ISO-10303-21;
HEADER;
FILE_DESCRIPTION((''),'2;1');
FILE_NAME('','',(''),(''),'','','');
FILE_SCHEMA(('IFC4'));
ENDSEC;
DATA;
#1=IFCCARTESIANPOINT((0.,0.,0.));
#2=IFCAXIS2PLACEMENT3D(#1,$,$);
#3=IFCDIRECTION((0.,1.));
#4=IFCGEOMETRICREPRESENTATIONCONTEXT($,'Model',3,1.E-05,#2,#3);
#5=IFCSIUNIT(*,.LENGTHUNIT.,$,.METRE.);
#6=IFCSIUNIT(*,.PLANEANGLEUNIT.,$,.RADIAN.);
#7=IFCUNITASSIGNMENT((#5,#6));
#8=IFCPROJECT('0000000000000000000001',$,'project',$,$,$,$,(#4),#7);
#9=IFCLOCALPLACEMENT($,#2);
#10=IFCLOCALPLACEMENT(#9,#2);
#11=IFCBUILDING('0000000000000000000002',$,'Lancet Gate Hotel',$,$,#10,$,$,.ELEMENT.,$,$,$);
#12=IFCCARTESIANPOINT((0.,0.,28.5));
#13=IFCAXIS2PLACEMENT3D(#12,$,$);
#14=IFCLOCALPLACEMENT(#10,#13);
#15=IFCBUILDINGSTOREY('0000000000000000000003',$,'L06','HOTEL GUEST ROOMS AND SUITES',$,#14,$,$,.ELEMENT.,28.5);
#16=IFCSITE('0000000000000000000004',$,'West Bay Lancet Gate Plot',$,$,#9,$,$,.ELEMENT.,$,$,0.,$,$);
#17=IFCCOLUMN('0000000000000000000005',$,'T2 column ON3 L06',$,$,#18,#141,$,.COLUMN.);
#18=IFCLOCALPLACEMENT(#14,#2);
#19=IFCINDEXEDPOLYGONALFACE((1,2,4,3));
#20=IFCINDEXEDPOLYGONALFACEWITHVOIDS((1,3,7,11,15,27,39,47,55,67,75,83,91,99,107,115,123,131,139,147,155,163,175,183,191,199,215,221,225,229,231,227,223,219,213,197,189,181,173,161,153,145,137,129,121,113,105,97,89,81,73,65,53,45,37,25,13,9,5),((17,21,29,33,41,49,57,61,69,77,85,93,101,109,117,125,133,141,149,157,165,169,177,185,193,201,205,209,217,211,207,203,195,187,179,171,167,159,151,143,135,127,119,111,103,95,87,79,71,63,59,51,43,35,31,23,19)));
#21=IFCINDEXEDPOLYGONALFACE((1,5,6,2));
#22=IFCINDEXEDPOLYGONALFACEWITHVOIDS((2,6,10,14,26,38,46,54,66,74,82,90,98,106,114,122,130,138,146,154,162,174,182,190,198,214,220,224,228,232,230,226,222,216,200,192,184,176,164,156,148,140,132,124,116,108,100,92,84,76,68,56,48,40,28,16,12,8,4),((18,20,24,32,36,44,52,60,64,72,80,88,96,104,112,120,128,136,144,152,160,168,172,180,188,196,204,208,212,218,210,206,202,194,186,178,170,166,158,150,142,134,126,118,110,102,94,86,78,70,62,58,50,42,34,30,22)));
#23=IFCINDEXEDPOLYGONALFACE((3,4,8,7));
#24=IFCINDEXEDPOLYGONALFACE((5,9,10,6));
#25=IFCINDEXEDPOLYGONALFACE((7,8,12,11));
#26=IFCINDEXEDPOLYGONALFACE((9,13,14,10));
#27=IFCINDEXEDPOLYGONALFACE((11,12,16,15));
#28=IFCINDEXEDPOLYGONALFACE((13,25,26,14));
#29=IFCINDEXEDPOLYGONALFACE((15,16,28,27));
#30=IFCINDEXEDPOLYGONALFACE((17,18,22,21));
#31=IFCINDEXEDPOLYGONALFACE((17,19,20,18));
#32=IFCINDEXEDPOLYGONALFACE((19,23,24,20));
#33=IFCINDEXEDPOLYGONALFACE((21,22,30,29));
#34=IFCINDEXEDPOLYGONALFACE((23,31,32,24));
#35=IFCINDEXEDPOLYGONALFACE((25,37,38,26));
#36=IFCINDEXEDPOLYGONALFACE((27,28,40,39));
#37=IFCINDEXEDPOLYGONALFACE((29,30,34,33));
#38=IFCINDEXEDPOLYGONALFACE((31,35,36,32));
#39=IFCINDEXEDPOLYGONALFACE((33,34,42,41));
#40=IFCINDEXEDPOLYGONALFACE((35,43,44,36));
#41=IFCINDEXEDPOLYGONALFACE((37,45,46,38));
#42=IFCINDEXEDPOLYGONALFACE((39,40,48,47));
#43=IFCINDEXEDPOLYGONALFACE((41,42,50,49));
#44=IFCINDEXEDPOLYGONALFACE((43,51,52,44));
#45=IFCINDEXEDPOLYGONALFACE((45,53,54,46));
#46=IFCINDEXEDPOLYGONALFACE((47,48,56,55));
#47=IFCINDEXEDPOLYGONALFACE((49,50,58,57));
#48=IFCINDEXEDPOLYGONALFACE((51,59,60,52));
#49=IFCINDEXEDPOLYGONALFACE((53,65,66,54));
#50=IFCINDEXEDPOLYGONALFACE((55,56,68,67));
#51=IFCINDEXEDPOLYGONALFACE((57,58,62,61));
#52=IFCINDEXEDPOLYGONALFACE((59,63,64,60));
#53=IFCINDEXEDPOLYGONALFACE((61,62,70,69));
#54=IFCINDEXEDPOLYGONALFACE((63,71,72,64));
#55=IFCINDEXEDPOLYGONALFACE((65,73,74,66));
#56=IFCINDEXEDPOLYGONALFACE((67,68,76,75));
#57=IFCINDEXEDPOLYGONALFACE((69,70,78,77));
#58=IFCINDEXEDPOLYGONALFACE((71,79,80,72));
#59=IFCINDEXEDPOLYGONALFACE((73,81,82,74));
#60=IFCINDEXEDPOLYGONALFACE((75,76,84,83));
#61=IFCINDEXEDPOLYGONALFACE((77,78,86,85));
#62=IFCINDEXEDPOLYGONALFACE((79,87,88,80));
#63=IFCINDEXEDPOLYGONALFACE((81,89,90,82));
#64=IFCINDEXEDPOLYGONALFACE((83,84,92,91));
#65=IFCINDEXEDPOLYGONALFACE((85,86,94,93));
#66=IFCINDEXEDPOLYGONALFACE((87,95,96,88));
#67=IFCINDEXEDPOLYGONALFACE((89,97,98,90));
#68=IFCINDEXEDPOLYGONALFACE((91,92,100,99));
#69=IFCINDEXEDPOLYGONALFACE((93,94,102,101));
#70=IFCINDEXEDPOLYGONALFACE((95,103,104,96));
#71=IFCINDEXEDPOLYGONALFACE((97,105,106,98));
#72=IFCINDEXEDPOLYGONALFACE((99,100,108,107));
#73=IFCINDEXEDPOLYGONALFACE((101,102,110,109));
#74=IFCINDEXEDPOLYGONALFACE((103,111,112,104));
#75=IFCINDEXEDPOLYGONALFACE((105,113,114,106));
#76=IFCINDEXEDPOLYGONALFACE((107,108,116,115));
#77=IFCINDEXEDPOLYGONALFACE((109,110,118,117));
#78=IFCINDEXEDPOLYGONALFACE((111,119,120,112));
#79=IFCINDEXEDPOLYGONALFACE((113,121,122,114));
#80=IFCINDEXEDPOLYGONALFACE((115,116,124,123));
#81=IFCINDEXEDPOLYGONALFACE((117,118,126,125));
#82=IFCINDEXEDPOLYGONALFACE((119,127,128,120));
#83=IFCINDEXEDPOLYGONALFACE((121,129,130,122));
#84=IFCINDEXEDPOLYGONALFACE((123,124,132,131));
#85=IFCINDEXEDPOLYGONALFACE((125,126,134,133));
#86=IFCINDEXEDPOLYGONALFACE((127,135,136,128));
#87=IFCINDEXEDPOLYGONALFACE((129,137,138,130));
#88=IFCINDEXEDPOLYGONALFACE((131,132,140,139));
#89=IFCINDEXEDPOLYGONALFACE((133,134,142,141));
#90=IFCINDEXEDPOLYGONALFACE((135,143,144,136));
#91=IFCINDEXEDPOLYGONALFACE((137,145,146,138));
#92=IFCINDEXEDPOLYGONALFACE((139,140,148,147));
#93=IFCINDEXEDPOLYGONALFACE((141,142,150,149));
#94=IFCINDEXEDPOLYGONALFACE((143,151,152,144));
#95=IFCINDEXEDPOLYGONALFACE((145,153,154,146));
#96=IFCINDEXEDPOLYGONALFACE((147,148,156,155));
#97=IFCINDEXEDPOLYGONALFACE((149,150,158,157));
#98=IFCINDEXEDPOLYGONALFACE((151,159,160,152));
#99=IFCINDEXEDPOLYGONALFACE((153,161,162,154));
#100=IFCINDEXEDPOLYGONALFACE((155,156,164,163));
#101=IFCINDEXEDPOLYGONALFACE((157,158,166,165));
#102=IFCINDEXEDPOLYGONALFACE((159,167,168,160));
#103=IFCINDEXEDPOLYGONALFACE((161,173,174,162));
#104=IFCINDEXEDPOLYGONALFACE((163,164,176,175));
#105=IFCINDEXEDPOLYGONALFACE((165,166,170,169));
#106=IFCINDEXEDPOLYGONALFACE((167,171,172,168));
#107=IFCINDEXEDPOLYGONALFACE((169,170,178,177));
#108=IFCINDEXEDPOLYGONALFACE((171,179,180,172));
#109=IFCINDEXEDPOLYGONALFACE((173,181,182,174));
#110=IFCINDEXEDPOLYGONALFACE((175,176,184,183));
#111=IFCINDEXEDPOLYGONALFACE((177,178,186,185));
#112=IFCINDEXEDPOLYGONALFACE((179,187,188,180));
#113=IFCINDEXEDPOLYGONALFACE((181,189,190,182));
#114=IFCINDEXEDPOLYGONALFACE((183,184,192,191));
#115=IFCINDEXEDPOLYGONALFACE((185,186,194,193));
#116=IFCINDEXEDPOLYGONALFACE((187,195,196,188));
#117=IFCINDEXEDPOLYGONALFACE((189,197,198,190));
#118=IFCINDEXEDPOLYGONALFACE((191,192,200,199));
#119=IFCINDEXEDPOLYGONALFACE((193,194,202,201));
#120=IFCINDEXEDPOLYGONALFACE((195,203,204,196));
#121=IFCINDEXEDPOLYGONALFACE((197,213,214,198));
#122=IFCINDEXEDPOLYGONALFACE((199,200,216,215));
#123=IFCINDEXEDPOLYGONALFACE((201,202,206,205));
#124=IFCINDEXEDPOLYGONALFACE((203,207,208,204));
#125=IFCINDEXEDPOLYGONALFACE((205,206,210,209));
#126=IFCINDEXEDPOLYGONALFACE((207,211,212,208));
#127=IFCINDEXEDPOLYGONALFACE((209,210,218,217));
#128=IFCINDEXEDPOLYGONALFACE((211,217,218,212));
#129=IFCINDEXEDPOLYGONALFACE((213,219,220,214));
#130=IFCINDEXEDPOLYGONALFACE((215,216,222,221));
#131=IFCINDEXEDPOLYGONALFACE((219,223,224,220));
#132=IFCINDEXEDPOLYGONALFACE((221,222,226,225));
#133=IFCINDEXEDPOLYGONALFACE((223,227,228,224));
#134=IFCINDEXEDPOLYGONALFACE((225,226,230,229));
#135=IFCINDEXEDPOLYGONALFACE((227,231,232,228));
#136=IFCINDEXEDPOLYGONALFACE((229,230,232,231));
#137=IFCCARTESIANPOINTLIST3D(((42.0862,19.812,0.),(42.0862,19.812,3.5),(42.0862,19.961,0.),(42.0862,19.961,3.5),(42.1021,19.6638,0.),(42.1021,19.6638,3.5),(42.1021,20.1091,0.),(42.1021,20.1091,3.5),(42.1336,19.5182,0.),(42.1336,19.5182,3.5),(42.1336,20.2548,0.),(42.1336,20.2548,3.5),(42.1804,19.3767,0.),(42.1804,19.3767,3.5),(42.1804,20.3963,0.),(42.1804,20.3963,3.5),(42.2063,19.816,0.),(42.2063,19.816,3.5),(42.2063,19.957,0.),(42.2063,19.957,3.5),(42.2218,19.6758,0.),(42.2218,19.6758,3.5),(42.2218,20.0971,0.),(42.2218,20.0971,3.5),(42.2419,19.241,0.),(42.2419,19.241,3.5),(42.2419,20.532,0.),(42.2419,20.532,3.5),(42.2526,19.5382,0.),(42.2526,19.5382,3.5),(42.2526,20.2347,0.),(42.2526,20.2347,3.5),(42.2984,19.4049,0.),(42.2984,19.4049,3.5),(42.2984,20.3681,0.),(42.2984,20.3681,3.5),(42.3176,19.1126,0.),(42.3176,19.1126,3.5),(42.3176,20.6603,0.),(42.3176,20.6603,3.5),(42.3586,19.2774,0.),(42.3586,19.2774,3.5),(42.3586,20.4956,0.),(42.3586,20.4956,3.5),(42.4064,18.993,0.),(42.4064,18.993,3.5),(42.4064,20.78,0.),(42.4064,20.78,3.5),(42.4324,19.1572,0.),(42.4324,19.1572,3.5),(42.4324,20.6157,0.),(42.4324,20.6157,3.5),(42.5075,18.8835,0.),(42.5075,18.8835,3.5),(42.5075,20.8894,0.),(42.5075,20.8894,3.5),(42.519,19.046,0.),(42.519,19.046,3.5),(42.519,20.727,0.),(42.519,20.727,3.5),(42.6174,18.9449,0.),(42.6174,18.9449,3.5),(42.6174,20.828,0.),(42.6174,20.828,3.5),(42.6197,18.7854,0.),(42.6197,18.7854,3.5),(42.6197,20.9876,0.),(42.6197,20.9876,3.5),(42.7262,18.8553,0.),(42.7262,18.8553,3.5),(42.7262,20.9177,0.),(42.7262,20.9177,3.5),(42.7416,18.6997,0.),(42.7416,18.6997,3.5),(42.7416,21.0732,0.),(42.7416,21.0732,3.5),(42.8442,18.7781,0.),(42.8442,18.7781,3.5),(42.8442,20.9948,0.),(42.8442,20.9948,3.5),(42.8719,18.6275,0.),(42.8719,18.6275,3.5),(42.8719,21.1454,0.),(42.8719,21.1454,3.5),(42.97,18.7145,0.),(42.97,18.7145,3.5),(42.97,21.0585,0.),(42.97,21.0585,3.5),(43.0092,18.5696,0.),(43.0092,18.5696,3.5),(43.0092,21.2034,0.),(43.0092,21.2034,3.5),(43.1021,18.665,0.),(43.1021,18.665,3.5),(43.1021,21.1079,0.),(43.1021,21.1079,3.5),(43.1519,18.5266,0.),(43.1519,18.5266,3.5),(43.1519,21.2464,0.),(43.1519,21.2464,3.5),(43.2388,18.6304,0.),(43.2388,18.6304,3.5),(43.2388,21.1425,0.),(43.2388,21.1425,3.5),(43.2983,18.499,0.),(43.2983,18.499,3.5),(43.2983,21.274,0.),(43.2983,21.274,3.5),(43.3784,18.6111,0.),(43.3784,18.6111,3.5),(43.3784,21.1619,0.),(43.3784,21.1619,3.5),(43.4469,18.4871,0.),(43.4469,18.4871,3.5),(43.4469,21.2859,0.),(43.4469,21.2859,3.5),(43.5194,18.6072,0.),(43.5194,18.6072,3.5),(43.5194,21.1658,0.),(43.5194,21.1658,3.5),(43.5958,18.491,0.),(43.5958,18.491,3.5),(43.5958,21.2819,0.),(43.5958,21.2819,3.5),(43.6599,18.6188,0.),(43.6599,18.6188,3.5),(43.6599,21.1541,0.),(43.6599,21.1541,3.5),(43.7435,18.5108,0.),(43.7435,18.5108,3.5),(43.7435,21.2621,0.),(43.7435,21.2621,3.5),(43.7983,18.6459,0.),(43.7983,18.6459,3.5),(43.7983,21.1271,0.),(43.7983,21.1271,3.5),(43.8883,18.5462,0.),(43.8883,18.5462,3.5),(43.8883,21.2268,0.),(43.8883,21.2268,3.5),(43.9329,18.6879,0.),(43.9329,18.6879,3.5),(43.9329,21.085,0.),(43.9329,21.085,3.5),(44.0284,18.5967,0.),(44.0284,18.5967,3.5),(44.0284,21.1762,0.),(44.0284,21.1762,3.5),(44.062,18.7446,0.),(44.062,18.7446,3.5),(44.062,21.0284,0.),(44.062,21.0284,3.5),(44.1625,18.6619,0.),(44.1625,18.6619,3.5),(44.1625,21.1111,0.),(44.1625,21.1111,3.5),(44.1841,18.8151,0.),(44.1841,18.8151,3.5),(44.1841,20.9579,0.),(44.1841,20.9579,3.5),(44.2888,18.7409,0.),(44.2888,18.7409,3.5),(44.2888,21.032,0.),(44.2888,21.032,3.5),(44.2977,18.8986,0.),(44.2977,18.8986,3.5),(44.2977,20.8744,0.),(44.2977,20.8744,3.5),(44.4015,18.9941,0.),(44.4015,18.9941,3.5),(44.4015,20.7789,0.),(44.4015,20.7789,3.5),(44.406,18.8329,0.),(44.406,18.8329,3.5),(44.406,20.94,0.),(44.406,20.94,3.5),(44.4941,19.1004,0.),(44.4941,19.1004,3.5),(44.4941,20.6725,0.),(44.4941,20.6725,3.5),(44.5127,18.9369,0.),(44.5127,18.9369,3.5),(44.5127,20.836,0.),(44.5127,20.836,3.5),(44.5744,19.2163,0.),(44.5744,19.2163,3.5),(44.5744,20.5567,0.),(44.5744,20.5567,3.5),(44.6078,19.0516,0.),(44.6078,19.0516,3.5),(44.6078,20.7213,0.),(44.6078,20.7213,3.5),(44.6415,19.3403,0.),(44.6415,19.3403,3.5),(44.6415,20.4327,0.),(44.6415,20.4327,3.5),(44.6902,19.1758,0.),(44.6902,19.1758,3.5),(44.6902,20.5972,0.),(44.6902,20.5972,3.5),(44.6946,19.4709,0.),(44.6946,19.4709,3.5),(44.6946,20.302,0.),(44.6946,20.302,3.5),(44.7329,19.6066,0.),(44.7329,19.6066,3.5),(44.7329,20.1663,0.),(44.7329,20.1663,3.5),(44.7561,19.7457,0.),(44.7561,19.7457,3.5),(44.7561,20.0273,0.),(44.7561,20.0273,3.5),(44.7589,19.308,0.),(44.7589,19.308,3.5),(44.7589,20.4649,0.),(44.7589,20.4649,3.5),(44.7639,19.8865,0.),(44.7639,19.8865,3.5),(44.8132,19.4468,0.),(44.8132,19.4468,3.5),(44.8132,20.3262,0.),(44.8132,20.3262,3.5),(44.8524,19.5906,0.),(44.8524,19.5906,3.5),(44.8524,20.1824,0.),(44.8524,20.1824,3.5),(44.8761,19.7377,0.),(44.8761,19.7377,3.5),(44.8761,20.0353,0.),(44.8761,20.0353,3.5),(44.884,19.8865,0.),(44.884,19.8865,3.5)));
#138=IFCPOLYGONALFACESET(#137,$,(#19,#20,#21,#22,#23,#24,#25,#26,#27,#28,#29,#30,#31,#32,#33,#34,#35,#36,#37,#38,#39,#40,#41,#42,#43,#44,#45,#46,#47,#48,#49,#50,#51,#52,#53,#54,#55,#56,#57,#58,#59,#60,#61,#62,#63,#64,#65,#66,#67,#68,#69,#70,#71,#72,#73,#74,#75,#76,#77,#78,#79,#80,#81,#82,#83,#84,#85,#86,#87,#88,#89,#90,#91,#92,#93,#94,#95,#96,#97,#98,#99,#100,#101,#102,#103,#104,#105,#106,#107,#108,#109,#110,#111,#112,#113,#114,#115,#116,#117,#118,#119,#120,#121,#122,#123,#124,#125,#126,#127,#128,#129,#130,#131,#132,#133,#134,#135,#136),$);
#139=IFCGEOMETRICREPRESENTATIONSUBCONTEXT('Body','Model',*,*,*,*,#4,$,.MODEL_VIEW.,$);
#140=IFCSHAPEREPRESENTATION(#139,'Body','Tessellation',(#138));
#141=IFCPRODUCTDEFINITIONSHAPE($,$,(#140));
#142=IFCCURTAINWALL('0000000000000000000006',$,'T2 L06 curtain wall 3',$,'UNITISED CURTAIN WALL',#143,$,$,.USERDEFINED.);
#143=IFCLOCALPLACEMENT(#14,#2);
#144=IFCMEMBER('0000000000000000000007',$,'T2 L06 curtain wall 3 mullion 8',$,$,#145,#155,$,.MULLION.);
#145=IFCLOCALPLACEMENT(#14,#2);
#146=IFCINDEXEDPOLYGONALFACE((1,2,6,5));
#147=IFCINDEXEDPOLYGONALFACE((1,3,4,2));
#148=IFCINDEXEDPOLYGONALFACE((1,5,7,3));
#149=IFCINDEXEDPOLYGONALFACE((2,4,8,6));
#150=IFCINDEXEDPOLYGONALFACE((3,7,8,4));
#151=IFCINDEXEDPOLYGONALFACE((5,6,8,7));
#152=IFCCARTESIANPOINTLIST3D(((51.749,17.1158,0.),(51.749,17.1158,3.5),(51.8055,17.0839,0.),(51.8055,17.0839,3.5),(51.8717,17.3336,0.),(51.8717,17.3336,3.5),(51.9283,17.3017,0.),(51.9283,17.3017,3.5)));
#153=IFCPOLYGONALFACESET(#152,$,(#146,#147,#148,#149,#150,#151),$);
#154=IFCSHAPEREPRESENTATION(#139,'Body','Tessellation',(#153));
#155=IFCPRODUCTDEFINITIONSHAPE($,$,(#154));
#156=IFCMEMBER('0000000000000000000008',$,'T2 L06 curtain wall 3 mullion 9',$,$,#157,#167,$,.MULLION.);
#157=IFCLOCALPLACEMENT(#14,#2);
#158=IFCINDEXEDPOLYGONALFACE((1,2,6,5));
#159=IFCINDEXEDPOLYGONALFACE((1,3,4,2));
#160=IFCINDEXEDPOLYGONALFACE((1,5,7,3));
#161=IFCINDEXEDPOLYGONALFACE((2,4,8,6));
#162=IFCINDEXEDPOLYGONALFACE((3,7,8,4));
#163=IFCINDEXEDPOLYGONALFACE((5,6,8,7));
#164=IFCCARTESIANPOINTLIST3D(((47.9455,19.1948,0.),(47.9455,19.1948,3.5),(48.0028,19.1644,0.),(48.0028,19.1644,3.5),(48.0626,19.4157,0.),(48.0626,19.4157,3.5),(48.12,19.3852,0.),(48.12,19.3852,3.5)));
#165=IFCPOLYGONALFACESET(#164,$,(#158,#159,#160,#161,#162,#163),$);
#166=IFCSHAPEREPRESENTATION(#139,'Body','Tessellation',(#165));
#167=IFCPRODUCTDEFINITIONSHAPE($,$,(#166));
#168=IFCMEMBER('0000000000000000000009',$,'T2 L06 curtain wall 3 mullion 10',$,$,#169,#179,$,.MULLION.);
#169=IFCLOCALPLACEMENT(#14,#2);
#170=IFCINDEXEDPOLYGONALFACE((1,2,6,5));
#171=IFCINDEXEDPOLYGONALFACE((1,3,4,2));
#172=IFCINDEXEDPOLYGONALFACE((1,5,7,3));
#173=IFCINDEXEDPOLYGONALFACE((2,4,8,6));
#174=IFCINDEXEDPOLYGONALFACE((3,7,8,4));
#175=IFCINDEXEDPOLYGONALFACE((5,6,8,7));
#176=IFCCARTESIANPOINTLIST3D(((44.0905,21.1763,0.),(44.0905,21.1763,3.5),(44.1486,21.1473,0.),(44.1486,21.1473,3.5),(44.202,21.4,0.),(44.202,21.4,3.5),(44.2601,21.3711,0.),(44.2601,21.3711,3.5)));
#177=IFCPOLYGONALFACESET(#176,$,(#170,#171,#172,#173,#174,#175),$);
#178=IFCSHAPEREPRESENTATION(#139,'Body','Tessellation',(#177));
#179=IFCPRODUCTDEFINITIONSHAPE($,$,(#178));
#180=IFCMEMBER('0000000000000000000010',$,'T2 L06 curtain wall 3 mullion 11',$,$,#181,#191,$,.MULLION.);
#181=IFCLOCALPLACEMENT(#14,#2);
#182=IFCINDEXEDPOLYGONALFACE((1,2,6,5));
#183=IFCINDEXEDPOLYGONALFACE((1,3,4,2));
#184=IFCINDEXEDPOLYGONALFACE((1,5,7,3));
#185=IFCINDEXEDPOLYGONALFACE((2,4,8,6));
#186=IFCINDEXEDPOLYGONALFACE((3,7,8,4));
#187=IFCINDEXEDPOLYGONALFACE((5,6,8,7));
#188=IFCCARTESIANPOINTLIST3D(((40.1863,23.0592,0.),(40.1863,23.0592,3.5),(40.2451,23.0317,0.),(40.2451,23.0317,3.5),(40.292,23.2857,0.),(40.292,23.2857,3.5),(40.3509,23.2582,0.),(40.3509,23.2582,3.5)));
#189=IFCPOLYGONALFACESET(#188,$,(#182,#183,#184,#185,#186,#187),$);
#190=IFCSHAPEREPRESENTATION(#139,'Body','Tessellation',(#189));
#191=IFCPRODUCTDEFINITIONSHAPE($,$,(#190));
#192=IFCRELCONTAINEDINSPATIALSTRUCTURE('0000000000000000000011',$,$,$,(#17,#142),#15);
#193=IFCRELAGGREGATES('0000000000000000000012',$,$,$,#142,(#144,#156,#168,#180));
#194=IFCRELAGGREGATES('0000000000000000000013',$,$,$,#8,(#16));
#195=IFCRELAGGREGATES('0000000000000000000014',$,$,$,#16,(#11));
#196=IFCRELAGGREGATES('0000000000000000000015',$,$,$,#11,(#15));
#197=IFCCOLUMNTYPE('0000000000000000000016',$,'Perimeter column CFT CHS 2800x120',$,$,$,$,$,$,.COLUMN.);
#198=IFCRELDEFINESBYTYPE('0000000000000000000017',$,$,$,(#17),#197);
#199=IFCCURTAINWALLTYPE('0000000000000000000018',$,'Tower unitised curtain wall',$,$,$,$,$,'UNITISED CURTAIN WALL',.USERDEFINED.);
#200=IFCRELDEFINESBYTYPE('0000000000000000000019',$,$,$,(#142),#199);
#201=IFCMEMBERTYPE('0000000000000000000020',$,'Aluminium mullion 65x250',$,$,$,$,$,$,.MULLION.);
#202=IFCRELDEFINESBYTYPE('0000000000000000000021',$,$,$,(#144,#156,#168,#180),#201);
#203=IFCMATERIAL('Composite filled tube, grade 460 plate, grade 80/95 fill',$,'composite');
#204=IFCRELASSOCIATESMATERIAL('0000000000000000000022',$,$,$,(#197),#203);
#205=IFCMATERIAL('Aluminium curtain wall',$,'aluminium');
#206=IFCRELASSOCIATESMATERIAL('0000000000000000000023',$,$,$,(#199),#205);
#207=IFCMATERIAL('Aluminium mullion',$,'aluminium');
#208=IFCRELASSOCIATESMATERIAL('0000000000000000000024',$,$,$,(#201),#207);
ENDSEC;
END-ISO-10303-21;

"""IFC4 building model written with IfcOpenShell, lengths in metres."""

from ifc_helpers import new_model, si_unit, direction, frame, origin, origin_2d, place, context, subcontext, project, spatial, rectangle, hollow_circle, extrude, material, material_profile, profile_set, type_object, element, aggregate, save


model = new_model("IFC4")

# Units and contexts
model_context = context("Model", 3, precision=1e-05, world=origin(), true_north=direction((0.0, 1.0)))
body_context = subcontext(model_context, "Body", "Model", "MODEL_VIEW")
ifc_project = project(units=[si_unit("LENGTHUNIT", "METRE"), si_unit("PLANEANGLEUNIT", "RADIAN")], contexts=[model_context])

# Site, building, storey
site_placement = place(None, origin())
site = spatial("IfcSite", under=ifc_project, at=site_placement, Name="West Bay Lancet Gate Plot", CompositionType="ELEMENT", RefElevation=0.0)
building_placement = place(site_placement, origin())
building = spatial("IfcBuilding", under=site, at=building_placement, Name="Lancet Gate Hotel", CompositionType="ELEMENT")
storey_placement = place(building_placement, frame((0.0, 0.0, 28.5)))
storey = spatial("IfcBuildingStorey", under=building, at=storey_placement, Name="L06", Description="HOTEL GUEST ROOMS AND SUITES", CompositionType="ELEMENT", Elevation=28.5)

# Column
ifc_material_1 = material(Name="Composite filled tube, grade 460 plate, grade 80/95 fill", Category="composite")
ifc_material_profile_1 = material_profile(ifc_material_1, hollow_circle(Radius=1.3999, WallThickness=0.1201, at=origin_2d()), Name="CHS 2800x120")
ifc_profile_set_1 = profile_set([ifc_material_profile_1], Name="Composite filled tube, grade 460 plate, grade 80/95 fill")
column_type = type_object("IfcColumnType", Name="Perimeter column CFT CHS 2800x120", PredefinedType="COLUMN", material=ifc_profile_set_1)
for number, where, z_axis, x_axis, name in (
    (1, (43.4841, 19.8865, 0.0), (0.0, 0.0, 1.0), (1.0, 0.0, 0.0), "T2 column ON3 L06"),
):
    element("IfcColumn", number, at=place(storey_placement, frame(where, z_axis=z_axis, x_axis=x_axis)), inside=storey, type_object=column_type, Name=name, PredefinedType="COLUMN", context=body_context, shape_type="SweptSolid", body=[
        extrude(hollow_circle(Radius=1.3999, WallThickness=0.1201, at=origin_2d()), origin(), (0.0, 0.0, 1.0), 3.5),
    ])

# Curtain wall, members
ifc_material_2 = material(Name="Aluminium curtain wall", Category="aluminium")
curtain_wall_type = type_object("IfcCurtainWallType", Name="Tower unitised curtain wall", ElementType="UNITISED CURTAIN WALL", PredefinedType="USERDEFINED", material=ifc_material_2)
curtain_wall_placement = place(storey_placement, origin())
curtain_wall = element("IfcCurtainWall", 2, at=curtain_wall_placement, inside=storey, type_object=curtain_wall_type, Name="T2 L06 curtain wall 3", ObjectType="UNITISED CURTAIN WALL", PredefinedType="USERDEFINED")
ifc_material_3 = material(Name="Aluminium mullion", Category="aluminium")
ifc_material_profile_2 = material_profile(ifc_material_3, rectangle(XDim=0.0649, YDim=0.25, at=origin_2d()), Name="MULLION 65x250")
ifc_profile_set_2 = profile_set([ifc_material_profile_2], Name="Aluminium mullion")
member_type_1 = type_object("IfcMemberType", Name="Aluminium mullion 65x250", PredefinedType="MULLION", material=ifc_profile_set_2)
member_1_placement = place(storey_placement, frame((51.8386, 17.2087, 0.0), z_axis=(0.0, 0.0, 1.0), x_axis=(-0.87119, 0.490945, 0.0)))
member_1 = element("IfcMember", 3, at=member_1_placement, type_object=member_type_1, Name="T2 L06 curtain wall 3 mullion 8", PredefinedType="MULLION", context=body_context, shape_type="SweptSolid", body=[
    extrude(rectangle(XDim=0.0649, YDim=0.25, at=origin_2d()), origin(), (0.0, 0.0, 1.0), 3.5),
])
member_2_placement = place(storey_placement, frame((48.0327, 19.29, 0.0), z_axis=(0.0, 0.0, 1.0), x_axis=(-0.883403, 0.468613, 0.0)))
member_2 = element("IfcMember", 4, at=member_2_placement, type_object=member_type_1, Name="T2 L06 curtain wall 3 mullion 9", PredefinedType="MULLION", context=body_context, shape_type="SweptSolid", body=[
    extrude(rectangle(XDim=0.0649, YDim=0.25, at=origin_2d()), origin(), (0.0, 0.0, 1.0), 3.5),
])
member_3_placement = place(storey_placement, frame((44.1753, 21.2737, 0.0), z_axis=(0.0, 0.0, 1.0), x_axis=(-0.895044, 0.445978, 0.0)))
member_3 = element("IfcMember", 5, at=member_3_placement, type_object=member_type_1, Name="T2 L06 curtain wall 3 mullion 10", PredefinedType="MULLION", context=body_context, shape_type="SweptSolid", body=[
    extrude(rectangle(XDim=0.0649, YDim=0.25, at=origin_2d()), origin(), (0.0, 0.0, 1.0), 3.5),
])
member_4_placement = place(storey_placement, frame((40.2686, 23.1587, 0.0), z_axis=(0.0, 0.0, 1.0), x_axis=(-0.906105, 0.423053, 0.0)))
member_4 = element("IfcMember", 6, at=member_4_placement, type_object=member_type_1, Name="T2 L06 curtain wall 3 mullion 11", PredefinedType="MULLION", context=body_context, shape_type="SweptSolid", body=[
    extrude(rectangle(XDim=0.0649, YDim=0.25, at=origin_2d()), origin(), (0.0, 0.0, 1.0), 3.5),
])

aggregate(curtain_wall, [member_1, member_2, member_3, member_4])

save(model, "model.ifc")
